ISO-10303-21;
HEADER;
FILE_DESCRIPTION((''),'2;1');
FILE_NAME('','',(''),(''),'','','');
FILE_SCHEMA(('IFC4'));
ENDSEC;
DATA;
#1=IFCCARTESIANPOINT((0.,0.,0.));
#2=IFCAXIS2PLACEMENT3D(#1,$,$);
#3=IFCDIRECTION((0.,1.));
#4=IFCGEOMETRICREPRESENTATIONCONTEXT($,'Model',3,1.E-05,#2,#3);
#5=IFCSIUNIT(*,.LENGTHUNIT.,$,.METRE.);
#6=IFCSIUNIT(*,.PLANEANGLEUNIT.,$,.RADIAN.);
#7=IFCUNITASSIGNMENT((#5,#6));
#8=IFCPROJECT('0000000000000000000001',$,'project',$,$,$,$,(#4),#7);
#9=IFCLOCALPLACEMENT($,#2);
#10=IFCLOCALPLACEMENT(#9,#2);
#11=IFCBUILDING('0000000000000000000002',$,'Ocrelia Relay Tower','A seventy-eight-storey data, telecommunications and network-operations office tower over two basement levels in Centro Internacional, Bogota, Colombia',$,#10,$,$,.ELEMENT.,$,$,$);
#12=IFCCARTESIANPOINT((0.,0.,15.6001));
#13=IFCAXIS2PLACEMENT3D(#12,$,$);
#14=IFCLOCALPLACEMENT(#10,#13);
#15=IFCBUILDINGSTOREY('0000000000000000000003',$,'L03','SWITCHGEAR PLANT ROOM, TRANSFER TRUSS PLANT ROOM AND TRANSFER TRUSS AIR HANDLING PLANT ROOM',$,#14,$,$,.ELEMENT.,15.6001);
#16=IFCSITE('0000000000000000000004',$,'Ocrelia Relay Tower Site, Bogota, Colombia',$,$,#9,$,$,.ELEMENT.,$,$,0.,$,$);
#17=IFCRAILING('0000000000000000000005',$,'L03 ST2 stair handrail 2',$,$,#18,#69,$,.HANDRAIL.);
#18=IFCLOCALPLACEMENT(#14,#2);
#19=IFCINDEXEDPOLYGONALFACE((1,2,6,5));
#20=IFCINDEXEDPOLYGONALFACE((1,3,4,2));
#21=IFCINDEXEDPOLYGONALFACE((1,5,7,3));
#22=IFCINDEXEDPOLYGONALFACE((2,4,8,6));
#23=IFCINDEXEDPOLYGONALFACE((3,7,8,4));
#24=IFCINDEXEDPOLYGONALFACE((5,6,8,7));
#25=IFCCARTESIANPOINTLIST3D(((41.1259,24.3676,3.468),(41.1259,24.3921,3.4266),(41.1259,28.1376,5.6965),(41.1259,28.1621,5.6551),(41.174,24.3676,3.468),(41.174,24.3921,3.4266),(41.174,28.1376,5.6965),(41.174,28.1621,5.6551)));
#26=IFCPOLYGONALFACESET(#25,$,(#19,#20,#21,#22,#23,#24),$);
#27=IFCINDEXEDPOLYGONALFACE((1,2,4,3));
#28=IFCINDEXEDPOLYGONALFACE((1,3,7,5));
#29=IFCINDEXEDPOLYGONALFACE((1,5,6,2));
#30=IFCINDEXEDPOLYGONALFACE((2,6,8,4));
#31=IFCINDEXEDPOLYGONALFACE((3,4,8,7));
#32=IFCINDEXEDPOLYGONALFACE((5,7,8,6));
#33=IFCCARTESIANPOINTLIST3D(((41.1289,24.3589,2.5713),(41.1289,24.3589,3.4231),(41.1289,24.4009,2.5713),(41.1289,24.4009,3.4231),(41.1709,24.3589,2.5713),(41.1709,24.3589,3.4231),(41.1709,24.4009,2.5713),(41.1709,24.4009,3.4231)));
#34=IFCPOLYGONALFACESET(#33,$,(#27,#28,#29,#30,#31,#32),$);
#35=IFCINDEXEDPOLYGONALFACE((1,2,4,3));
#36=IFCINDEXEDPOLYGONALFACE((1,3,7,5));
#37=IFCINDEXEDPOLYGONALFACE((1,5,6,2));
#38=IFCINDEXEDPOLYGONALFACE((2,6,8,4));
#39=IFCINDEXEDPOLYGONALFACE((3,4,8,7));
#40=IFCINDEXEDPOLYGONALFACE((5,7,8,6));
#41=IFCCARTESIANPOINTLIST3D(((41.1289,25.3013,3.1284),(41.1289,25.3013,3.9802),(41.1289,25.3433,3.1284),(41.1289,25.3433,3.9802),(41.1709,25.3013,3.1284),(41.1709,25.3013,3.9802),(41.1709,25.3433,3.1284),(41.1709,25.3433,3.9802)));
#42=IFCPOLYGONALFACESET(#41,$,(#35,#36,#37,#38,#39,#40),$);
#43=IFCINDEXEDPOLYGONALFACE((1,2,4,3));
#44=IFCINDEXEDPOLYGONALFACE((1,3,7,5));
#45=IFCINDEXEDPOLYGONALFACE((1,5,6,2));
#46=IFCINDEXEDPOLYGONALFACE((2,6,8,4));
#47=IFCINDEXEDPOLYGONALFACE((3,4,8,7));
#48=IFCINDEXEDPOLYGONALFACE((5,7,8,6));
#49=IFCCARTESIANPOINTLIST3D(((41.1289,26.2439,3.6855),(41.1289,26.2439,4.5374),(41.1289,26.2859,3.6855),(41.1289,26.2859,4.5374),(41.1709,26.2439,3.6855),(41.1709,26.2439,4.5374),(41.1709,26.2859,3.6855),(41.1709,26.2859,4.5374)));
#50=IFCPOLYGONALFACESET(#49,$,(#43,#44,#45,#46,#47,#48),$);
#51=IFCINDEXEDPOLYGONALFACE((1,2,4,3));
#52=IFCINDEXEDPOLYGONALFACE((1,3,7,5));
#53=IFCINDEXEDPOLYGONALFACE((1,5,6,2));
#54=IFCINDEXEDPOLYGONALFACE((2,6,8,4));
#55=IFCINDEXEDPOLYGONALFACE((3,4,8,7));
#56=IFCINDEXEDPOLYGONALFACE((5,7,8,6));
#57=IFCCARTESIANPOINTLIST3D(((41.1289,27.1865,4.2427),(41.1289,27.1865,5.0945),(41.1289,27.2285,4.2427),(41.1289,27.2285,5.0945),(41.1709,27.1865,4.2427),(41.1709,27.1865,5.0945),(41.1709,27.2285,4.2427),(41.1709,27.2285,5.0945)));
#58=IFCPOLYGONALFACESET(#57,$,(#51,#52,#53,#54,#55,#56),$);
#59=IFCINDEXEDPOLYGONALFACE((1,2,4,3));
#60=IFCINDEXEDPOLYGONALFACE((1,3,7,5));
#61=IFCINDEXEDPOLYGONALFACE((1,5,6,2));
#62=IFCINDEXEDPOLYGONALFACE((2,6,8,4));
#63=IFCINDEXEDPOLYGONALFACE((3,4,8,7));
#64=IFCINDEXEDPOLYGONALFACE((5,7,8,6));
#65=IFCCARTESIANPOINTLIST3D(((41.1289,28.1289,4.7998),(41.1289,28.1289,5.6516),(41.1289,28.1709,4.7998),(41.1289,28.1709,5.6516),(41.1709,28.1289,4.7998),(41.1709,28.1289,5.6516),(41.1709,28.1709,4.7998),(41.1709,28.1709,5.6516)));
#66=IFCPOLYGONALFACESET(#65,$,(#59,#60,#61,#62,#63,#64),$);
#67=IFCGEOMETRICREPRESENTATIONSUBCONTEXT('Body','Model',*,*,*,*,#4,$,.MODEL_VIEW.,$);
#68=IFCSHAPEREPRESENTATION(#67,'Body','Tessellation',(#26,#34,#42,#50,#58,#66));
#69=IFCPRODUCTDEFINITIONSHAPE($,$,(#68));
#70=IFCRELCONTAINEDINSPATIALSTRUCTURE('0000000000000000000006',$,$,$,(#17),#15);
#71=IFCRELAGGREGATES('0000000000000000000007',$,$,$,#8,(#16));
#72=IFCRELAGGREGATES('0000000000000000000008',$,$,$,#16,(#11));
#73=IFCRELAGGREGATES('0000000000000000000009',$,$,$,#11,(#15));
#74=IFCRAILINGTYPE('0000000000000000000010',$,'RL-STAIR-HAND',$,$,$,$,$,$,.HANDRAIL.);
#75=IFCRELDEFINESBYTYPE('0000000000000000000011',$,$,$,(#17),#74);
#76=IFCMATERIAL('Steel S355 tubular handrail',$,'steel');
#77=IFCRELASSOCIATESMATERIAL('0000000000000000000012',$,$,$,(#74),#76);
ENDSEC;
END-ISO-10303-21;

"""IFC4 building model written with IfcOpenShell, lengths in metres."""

from ifc_helpers import new_model, si_unit, direction, frame, origin, origin_2d, place, context, subcontext, project, spatial, rectangle, extrude, material, type_object, element, save


model = new_model("IFC4")

# Units and contexts
model_context = context("Model", 3, precision=1e-05, world=origin(), true_north=direction((0.0, 1.0)))
body_context = subcontext(model_context, "Body", "Model", "MODEL_VIEW")
ifc_project = project(units=[si_unit("LENGTHUNIT", "METRE"), si_unit("PLANEANGLEUNIT", "RADIAN")], contexts=[model_context])

# Site, building, storey
site_placement = place(None, origin())
site = spatial("IfcSite", under=ifc_project, at=site_placement, Name="Ocrelia Relay Tower Site, Bogota, Colombia", CompositionType="ELEMENT", RefElevation=0.0)
building_placement = place(site_placement, origin())
building = spatial("IfcBuilding", under=site, at=building_placement, Name="Ocrelia Relay Tower", Description="A seventy-eight-storey data, telecommunications and network-operations office tower over two basement levels in Centro Internacional, Bogota, Colombia", CompositionType="ELEMENT")
storey_placement = place(building_placement, frame((0.0, 0.0, 15.6001)))
storey = spatial("IfcBuildingStorey", under=building, at=storey_placement, Name="L03", Description="SWITCHGEAR PLANT ROOM, TRANSFER TRUSS PLANT ROOM AND TRANSFER TRUSS AIR HANDLING PLANT ROOM", CompositionType="ELEMENT", Elevation=15.6001)

# Railing
ifc_material_1 = material(Name="Steel S355 tubular handrail", Category="steel")
railing_type_1 = type_object("IfcRailingType", Name="RL-STAIR-HAND", PredefinedType="HANDRAIL", material=ifc_material_1)
railing_1_placement = place(storey_placement, frame((41.1499, 24.3799, 2.5713)))
element("IfcRailing", 1, at=railing_1_placement, inside=storey, type_object=railing_type_1, Name="L03 ST2 stair handrail 2", PredefinedType="HANDRAIL", context=body_context, shape_type="SweptSolid", body=[
    extrude(rectangle(XDim=0.0481, YDim=0.0481, at=origin_2d()), frame((0.0, 0.0, 0.876), z_axis=(0.0, 0.860849, 0.508861), x_axis=(-1.0, 0.0, 0.0)), (0.0, 0.0, 1.0), 4.3794),
    extrude(rectangle(XDim=0.042, YDim=0.042, at=origin_2d()), origin(), (0.0, 0.0, 1.0), 0.8518),
    extrude(rectangle(XDim=0.042, YDim=0.042, at=origin_2d()), frame((0.0, 0.9424, 0.5571)), (0.0, 0.0, 1.0), 0.8518),
    extrude(rectangle(XDim=0.042, YDim=0.042, at=origin_2d()), frame((0.0, 1.885, 1.1143)), (0.0, 0.0, 1.0), 0.8518),
    extrude(rectangle(XDim=0.042, YDim=0.042, at=origin_2d()), frame((0.0, 2.8276, 1.6714)), (0.0, 0.0, 1.0), 0.8518),
    extrude(rectangle(XDim=0.042, YDim=0.042, at=origin_2d()), frame((0.0, 3.77, 2.2285)), (0.0, 0.0, 1.0), 0.8518),
])

save(model, "model.ifc")
